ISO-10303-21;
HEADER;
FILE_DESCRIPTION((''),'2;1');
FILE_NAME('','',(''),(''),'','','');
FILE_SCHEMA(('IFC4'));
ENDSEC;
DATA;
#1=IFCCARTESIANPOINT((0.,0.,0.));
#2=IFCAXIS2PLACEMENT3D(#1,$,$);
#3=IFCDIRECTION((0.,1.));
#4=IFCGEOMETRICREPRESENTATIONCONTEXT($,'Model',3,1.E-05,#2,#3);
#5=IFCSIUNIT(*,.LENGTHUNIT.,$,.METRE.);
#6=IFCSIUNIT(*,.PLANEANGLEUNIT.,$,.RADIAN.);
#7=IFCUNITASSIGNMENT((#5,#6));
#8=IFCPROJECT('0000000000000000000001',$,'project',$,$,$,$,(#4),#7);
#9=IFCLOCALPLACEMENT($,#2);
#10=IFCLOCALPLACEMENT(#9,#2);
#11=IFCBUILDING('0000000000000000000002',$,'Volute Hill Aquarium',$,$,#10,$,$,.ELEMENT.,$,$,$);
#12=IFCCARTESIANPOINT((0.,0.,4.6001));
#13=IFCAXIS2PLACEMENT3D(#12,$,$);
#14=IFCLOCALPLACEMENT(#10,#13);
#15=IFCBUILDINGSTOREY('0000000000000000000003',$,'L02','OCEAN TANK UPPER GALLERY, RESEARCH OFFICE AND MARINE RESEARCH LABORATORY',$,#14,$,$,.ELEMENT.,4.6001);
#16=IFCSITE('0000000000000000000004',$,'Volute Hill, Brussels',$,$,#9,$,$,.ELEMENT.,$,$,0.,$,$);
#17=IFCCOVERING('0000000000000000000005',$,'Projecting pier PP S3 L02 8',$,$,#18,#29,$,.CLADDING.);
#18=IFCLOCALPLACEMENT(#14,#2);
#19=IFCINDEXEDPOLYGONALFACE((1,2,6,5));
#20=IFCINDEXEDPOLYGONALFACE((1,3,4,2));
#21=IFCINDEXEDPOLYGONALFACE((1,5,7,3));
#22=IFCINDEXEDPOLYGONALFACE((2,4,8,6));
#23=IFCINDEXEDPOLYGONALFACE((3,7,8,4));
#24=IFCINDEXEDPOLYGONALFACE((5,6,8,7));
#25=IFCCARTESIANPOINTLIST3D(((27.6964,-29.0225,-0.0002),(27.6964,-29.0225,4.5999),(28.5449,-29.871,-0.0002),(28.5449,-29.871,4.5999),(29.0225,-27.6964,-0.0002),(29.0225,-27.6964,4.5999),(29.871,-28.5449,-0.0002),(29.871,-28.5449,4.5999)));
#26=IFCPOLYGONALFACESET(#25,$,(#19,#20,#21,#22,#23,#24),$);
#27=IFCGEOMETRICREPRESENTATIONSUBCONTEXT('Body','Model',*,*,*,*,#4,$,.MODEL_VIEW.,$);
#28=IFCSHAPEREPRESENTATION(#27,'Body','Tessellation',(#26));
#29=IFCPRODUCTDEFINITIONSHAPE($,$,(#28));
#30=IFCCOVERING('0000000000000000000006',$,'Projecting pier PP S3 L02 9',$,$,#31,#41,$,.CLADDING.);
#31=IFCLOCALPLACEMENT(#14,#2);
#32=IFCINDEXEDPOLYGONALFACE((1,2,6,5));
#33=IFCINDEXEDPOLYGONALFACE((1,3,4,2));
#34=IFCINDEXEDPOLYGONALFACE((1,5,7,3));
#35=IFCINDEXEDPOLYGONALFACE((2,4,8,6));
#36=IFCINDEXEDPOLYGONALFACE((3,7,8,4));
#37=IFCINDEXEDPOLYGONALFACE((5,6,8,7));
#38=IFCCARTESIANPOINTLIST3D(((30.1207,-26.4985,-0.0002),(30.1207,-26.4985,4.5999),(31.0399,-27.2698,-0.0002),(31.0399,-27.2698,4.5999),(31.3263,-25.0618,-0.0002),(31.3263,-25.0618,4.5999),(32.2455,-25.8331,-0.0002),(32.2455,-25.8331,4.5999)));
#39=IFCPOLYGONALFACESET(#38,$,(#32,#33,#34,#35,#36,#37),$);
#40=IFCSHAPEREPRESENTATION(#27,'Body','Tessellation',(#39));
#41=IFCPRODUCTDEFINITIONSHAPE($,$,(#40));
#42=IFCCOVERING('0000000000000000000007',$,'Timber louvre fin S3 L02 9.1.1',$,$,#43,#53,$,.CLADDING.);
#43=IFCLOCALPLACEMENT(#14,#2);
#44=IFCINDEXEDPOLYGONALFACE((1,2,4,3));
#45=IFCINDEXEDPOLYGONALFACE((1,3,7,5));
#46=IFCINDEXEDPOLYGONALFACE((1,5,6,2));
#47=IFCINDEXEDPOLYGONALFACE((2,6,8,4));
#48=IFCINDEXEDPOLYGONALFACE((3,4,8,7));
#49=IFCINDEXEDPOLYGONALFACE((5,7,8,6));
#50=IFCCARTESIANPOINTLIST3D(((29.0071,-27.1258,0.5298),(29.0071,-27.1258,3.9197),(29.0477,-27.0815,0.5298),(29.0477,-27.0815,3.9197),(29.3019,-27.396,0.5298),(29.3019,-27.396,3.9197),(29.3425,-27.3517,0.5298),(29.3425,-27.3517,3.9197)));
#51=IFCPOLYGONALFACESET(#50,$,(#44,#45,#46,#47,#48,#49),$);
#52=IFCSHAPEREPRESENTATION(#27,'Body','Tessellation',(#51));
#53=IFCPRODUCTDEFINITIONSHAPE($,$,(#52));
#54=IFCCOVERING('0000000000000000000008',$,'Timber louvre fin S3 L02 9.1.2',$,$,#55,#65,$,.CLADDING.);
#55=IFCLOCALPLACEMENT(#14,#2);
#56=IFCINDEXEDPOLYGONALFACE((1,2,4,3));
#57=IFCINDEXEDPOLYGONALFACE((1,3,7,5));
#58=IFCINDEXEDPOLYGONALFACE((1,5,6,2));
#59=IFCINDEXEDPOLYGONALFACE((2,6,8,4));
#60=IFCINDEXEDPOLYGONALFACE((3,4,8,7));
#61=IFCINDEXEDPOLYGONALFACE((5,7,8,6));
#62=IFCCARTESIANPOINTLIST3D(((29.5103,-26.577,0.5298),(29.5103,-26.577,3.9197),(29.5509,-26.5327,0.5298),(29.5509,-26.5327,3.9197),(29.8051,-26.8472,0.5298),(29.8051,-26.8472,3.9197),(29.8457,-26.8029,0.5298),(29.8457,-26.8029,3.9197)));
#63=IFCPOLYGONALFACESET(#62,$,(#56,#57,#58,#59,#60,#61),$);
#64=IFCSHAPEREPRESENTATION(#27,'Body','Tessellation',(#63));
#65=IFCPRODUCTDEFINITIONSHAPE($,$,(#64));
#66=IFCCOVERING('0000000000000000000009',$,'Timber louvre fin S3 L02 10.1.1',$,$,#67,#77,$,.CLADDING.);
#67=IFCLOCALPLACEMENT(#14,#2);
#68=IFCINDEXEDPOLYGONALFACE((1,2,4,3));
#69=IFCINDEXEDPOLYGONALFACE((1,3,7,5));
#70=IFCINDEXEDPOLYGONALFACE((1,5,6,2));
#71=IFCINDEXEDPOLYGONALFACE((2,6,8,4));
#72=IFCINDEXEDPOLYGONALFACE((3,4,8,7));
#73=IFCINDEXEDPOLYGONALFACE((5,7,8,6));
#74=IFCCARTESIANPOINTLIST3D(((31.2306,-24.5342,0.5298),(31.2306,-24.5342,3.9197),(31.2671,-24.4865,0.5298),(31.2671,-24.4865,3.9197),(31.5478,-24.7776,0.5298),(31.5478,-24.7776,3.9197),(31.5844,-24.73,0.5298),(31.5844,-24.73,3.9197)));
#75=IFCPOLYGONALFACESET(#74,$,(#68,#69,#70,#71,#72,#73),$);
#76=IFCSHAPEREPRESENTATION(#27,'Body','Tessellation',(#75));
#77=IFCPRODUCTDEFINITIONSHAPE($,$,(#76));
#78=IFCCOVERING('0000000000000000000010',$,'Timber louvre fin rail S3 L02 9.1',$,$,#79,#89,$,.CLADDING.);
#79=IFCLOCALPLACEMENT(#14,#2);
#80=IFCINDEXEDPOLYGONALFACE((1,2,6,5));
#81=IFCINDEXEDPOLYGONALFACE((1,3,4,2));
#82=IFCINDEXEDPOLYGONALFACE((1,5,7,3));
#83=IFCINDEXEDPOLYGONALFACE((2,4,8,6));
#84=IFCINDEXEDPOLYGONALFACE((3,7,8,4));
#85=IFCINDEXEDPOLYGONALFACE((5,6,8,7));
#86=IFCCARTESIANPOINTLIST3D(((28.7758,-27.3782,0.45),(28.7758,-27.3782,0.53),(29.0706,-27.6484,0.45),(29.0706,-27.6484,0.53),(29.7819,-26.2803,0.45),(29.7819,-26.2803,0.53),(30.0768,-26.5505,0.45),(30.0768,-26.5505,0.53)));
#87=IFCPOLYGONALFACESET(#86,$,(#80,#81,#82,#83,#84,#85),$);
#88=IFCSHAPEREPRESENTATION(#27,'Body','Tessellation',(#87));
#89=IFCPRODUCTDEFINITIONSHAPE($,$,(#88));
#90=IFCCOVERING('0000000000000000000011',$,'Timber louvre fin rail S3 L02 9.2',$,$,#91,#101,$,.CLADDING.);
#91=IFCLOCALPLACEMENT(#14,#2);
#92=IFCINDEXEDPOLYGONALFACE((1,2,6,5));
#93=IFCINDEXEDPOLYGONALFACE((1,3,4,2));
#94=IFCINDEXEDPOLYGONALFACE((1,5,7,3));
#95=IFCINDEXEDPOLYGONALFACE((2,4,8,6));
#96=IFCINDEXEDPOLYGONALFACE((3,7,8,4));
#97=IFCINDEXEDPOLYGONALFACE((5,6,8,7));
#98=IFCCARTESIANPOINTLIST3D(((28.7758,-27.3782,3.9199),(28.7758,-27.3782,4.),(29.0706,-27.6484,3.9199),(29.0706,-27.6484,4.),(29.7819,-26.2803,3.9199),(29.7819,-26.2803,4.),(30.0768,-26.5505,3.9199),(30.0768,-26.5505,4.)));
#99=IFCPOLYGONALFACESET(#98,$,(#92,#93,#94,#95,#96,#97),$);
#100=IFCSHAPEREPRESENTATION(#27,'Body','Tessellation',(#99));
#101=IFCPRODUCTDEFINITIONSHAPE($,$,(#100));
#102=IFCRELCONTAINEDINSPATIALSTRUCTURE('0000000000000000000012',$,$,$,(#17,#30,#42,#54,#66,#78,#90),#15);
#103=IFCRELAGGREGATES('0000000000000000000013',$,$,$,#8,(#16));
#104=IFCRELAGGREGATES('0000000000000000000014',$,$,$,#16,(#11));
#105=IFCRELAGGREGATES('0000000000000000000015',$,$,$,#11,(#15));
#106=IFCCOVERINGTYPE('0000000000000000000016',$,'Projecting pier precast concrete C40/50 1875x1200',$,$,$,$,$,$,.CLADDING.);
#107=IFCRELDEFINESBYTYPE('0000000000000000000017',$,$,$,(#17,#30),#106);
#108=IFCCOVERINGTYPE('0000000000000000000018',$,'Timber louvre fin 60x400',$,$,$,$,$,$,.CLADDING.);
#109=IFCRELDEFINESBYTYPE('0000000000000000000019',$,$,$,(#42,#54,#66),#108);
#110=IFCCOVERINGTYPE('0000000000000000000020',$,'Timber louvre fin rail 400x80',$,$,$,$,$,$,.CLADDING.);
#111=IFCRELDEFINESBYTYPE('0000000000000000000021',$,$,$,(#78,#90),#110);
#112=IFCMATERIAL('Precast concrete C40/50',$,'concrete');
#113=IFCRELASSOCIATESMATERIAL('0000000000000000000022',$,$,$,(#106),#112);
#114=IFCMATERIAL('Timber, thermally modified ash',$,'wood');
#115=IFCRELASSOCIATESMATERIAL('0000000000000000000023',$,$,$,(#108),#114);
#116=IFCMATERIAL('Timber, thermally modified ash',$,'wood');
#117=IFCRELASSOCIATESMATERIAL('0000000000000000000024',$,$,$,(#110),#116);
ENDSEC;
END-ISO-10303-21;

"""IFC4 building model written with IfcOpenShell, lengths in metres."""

from ifc_helpers import new_model, si_unit, direction, frame, origin, origin_2d, place, context, subcontext, project, spatial, rectangle, extrude, material, type_object, element, save


model = new_model("IFC4")

# Units and contexts
model_context = context("Model", 3, precision=1e-05, world=origin(), true_north=direction((0.0, 1.0)))
body_context = subcontext(model_context, "Body", "Model", "MODEL_VIEW")
ifc_project = project(units=[si_unit("LENGTHUNIT", "METRE"), si_unit("PLANEANGLEUNIT", "RADIAN")], contexts=[model_context])

# Site, building, storey
site_placement = place(None, origin())
site = spatial("IfcSite", under=ifc_project, at=site_placement, Name="Volute Hill, Brussels", CompositionType="ELEMENT", RefElevation=0.0)
building_placement = place(site_placement, origin())
building = spatial("IfcBuilding", under=site, at=building_placement, Name="Volute Hill Aquarium", CompositionType="ELEMENT")
storey_placement = place(building_placement, frame((0.0, 0.0, 4.6001)))
storey = spatial("IfcBuildingStorey", under=building, at=storey_placement, Name="L02", Description="OCEAN TANK UPPER GALLERY, RESEARCH OFFICE AND MARINE RESEARCH LABORATORY", CompositionType="ELEMENT", Elevation=4.6001)

# Coverings
ifc_material_1 = material(Name="Precast concrete C40/50", Category="concrete")
covering_type_1 = type_object("IfcCoveringType", Name="Projecting pier precast concrete C40/50 1875x1200", PredefinedType="CLADDING", material=ifc_material_1)
for number, where, z_axis, x_axis, name in (
    (1, (28.7837, -28.7837, -0.0002), (0.0, 0.0, 1.0), (0.707107, 0.707107, 0.0), "Projecting pier PP S3 L02 8"),
    (2, (31.1831, -26.1658, -0.0002), (0.0, 0.0, 1.0), (0.642788, 0.766044, 0.0), "Projecting pier PP S3 L02 9"),
):
    element("IfcCovering", number, at=place(storey_placement, frame(where, z_axis=z_axis, x_axis=x_axis)), inside=storey, type_object=covering_type_1, Name=name, PredefinedType="CLADDING", context=body_context, shape_type="SweptSolid", body=[
        extrude(rectangle(XDim=1.8755, YDim=1.2, at=origin_2d()), origin(), (0.0, 0.0, 1.0), 4.6001),
    ])
ifc_material_2 = material(Name="Timber, thermally modified ash", Category="wood")
covering_type_2 = type_object("IfcCoveringType", Name="Timber louvre fin 60x400", PredefinedType="CLADDING", material=ifc_material_2)
for number, where, z_axis, x_axis, name in (
    (3, (29.1748, -27.2388, 0.5298), (0.0, 0.0, 1.0), (0.675612, 0.737257, 0.0), "Timber louvre fin S3 L02 9.1.1"),
    (4, (29.678, -26.6899, 0.5298), (0.0, 0.0, 1.0), (0.675612, 0.737257, 0.0), "Timber louvre fin S3 L02 9.1.2"),
    (5, (31.4075, -24.6321, 0.5298), (0.0, 0.0, 1.0), (0.608746, 0.793365, 0.0), "Timber louvre fin S3 L02 10.1.1"),
):
    element("IfcCovering", number, at=place(storey_placement, frame(where, z_axis=z_axis, x_axis=x_axis)), inside=storey, type_object=covering_type_2, Name=name, PredefinedType="CLADDING", context=body_context, shape_type="SweptSolid", body=[
        extrude(rectangle(XDim=0.0601, YDim=0.3999, at=origin_2d()), origin(), (0.0, 0.0, 1.0), 3.3899),
    ])
ifc_material_3 = material(Name="Timber, thermally modified ash", Category="wood")
covering_type_3 = type_object("IfcCoveringType", Name="Timber louvre fin rail 400x80", PredefinedType="CLADDING", material=ifc_material_3)
for number, where, z_axis, x_axis, name in (
    (6, (29.4263, -26.9644, 0.45), (0.0, 0.0, 1.0), (0.675612, 0.737257, 0.0), "Timber louvre fin rail S3 L02 9.1"),
    (7, (29.4263, -26.9644, 3.9199), (0.0, 0.0, 1.0), (0.675612, 0.737257, 0.0), "Timber louvre fin rail S3 L02 9.2"),
):
    element("IfcCovering", number, at=place(storey_placement, frame(where, z_axis=z_axis, x_axis=x_axis)), inside=storey, type_object=covering_type_3, Name=name, PredefinedType="CLADDING", context=body_context, shape_type="SweptSolid", body=[
        extrude(rectangle(XDim=1.4893, YDim=0.3999, at=origin_2d()), origin(), (0.0, 0.0, 1.0), 0.0801),
    ])

save(model, "model.ifc")
